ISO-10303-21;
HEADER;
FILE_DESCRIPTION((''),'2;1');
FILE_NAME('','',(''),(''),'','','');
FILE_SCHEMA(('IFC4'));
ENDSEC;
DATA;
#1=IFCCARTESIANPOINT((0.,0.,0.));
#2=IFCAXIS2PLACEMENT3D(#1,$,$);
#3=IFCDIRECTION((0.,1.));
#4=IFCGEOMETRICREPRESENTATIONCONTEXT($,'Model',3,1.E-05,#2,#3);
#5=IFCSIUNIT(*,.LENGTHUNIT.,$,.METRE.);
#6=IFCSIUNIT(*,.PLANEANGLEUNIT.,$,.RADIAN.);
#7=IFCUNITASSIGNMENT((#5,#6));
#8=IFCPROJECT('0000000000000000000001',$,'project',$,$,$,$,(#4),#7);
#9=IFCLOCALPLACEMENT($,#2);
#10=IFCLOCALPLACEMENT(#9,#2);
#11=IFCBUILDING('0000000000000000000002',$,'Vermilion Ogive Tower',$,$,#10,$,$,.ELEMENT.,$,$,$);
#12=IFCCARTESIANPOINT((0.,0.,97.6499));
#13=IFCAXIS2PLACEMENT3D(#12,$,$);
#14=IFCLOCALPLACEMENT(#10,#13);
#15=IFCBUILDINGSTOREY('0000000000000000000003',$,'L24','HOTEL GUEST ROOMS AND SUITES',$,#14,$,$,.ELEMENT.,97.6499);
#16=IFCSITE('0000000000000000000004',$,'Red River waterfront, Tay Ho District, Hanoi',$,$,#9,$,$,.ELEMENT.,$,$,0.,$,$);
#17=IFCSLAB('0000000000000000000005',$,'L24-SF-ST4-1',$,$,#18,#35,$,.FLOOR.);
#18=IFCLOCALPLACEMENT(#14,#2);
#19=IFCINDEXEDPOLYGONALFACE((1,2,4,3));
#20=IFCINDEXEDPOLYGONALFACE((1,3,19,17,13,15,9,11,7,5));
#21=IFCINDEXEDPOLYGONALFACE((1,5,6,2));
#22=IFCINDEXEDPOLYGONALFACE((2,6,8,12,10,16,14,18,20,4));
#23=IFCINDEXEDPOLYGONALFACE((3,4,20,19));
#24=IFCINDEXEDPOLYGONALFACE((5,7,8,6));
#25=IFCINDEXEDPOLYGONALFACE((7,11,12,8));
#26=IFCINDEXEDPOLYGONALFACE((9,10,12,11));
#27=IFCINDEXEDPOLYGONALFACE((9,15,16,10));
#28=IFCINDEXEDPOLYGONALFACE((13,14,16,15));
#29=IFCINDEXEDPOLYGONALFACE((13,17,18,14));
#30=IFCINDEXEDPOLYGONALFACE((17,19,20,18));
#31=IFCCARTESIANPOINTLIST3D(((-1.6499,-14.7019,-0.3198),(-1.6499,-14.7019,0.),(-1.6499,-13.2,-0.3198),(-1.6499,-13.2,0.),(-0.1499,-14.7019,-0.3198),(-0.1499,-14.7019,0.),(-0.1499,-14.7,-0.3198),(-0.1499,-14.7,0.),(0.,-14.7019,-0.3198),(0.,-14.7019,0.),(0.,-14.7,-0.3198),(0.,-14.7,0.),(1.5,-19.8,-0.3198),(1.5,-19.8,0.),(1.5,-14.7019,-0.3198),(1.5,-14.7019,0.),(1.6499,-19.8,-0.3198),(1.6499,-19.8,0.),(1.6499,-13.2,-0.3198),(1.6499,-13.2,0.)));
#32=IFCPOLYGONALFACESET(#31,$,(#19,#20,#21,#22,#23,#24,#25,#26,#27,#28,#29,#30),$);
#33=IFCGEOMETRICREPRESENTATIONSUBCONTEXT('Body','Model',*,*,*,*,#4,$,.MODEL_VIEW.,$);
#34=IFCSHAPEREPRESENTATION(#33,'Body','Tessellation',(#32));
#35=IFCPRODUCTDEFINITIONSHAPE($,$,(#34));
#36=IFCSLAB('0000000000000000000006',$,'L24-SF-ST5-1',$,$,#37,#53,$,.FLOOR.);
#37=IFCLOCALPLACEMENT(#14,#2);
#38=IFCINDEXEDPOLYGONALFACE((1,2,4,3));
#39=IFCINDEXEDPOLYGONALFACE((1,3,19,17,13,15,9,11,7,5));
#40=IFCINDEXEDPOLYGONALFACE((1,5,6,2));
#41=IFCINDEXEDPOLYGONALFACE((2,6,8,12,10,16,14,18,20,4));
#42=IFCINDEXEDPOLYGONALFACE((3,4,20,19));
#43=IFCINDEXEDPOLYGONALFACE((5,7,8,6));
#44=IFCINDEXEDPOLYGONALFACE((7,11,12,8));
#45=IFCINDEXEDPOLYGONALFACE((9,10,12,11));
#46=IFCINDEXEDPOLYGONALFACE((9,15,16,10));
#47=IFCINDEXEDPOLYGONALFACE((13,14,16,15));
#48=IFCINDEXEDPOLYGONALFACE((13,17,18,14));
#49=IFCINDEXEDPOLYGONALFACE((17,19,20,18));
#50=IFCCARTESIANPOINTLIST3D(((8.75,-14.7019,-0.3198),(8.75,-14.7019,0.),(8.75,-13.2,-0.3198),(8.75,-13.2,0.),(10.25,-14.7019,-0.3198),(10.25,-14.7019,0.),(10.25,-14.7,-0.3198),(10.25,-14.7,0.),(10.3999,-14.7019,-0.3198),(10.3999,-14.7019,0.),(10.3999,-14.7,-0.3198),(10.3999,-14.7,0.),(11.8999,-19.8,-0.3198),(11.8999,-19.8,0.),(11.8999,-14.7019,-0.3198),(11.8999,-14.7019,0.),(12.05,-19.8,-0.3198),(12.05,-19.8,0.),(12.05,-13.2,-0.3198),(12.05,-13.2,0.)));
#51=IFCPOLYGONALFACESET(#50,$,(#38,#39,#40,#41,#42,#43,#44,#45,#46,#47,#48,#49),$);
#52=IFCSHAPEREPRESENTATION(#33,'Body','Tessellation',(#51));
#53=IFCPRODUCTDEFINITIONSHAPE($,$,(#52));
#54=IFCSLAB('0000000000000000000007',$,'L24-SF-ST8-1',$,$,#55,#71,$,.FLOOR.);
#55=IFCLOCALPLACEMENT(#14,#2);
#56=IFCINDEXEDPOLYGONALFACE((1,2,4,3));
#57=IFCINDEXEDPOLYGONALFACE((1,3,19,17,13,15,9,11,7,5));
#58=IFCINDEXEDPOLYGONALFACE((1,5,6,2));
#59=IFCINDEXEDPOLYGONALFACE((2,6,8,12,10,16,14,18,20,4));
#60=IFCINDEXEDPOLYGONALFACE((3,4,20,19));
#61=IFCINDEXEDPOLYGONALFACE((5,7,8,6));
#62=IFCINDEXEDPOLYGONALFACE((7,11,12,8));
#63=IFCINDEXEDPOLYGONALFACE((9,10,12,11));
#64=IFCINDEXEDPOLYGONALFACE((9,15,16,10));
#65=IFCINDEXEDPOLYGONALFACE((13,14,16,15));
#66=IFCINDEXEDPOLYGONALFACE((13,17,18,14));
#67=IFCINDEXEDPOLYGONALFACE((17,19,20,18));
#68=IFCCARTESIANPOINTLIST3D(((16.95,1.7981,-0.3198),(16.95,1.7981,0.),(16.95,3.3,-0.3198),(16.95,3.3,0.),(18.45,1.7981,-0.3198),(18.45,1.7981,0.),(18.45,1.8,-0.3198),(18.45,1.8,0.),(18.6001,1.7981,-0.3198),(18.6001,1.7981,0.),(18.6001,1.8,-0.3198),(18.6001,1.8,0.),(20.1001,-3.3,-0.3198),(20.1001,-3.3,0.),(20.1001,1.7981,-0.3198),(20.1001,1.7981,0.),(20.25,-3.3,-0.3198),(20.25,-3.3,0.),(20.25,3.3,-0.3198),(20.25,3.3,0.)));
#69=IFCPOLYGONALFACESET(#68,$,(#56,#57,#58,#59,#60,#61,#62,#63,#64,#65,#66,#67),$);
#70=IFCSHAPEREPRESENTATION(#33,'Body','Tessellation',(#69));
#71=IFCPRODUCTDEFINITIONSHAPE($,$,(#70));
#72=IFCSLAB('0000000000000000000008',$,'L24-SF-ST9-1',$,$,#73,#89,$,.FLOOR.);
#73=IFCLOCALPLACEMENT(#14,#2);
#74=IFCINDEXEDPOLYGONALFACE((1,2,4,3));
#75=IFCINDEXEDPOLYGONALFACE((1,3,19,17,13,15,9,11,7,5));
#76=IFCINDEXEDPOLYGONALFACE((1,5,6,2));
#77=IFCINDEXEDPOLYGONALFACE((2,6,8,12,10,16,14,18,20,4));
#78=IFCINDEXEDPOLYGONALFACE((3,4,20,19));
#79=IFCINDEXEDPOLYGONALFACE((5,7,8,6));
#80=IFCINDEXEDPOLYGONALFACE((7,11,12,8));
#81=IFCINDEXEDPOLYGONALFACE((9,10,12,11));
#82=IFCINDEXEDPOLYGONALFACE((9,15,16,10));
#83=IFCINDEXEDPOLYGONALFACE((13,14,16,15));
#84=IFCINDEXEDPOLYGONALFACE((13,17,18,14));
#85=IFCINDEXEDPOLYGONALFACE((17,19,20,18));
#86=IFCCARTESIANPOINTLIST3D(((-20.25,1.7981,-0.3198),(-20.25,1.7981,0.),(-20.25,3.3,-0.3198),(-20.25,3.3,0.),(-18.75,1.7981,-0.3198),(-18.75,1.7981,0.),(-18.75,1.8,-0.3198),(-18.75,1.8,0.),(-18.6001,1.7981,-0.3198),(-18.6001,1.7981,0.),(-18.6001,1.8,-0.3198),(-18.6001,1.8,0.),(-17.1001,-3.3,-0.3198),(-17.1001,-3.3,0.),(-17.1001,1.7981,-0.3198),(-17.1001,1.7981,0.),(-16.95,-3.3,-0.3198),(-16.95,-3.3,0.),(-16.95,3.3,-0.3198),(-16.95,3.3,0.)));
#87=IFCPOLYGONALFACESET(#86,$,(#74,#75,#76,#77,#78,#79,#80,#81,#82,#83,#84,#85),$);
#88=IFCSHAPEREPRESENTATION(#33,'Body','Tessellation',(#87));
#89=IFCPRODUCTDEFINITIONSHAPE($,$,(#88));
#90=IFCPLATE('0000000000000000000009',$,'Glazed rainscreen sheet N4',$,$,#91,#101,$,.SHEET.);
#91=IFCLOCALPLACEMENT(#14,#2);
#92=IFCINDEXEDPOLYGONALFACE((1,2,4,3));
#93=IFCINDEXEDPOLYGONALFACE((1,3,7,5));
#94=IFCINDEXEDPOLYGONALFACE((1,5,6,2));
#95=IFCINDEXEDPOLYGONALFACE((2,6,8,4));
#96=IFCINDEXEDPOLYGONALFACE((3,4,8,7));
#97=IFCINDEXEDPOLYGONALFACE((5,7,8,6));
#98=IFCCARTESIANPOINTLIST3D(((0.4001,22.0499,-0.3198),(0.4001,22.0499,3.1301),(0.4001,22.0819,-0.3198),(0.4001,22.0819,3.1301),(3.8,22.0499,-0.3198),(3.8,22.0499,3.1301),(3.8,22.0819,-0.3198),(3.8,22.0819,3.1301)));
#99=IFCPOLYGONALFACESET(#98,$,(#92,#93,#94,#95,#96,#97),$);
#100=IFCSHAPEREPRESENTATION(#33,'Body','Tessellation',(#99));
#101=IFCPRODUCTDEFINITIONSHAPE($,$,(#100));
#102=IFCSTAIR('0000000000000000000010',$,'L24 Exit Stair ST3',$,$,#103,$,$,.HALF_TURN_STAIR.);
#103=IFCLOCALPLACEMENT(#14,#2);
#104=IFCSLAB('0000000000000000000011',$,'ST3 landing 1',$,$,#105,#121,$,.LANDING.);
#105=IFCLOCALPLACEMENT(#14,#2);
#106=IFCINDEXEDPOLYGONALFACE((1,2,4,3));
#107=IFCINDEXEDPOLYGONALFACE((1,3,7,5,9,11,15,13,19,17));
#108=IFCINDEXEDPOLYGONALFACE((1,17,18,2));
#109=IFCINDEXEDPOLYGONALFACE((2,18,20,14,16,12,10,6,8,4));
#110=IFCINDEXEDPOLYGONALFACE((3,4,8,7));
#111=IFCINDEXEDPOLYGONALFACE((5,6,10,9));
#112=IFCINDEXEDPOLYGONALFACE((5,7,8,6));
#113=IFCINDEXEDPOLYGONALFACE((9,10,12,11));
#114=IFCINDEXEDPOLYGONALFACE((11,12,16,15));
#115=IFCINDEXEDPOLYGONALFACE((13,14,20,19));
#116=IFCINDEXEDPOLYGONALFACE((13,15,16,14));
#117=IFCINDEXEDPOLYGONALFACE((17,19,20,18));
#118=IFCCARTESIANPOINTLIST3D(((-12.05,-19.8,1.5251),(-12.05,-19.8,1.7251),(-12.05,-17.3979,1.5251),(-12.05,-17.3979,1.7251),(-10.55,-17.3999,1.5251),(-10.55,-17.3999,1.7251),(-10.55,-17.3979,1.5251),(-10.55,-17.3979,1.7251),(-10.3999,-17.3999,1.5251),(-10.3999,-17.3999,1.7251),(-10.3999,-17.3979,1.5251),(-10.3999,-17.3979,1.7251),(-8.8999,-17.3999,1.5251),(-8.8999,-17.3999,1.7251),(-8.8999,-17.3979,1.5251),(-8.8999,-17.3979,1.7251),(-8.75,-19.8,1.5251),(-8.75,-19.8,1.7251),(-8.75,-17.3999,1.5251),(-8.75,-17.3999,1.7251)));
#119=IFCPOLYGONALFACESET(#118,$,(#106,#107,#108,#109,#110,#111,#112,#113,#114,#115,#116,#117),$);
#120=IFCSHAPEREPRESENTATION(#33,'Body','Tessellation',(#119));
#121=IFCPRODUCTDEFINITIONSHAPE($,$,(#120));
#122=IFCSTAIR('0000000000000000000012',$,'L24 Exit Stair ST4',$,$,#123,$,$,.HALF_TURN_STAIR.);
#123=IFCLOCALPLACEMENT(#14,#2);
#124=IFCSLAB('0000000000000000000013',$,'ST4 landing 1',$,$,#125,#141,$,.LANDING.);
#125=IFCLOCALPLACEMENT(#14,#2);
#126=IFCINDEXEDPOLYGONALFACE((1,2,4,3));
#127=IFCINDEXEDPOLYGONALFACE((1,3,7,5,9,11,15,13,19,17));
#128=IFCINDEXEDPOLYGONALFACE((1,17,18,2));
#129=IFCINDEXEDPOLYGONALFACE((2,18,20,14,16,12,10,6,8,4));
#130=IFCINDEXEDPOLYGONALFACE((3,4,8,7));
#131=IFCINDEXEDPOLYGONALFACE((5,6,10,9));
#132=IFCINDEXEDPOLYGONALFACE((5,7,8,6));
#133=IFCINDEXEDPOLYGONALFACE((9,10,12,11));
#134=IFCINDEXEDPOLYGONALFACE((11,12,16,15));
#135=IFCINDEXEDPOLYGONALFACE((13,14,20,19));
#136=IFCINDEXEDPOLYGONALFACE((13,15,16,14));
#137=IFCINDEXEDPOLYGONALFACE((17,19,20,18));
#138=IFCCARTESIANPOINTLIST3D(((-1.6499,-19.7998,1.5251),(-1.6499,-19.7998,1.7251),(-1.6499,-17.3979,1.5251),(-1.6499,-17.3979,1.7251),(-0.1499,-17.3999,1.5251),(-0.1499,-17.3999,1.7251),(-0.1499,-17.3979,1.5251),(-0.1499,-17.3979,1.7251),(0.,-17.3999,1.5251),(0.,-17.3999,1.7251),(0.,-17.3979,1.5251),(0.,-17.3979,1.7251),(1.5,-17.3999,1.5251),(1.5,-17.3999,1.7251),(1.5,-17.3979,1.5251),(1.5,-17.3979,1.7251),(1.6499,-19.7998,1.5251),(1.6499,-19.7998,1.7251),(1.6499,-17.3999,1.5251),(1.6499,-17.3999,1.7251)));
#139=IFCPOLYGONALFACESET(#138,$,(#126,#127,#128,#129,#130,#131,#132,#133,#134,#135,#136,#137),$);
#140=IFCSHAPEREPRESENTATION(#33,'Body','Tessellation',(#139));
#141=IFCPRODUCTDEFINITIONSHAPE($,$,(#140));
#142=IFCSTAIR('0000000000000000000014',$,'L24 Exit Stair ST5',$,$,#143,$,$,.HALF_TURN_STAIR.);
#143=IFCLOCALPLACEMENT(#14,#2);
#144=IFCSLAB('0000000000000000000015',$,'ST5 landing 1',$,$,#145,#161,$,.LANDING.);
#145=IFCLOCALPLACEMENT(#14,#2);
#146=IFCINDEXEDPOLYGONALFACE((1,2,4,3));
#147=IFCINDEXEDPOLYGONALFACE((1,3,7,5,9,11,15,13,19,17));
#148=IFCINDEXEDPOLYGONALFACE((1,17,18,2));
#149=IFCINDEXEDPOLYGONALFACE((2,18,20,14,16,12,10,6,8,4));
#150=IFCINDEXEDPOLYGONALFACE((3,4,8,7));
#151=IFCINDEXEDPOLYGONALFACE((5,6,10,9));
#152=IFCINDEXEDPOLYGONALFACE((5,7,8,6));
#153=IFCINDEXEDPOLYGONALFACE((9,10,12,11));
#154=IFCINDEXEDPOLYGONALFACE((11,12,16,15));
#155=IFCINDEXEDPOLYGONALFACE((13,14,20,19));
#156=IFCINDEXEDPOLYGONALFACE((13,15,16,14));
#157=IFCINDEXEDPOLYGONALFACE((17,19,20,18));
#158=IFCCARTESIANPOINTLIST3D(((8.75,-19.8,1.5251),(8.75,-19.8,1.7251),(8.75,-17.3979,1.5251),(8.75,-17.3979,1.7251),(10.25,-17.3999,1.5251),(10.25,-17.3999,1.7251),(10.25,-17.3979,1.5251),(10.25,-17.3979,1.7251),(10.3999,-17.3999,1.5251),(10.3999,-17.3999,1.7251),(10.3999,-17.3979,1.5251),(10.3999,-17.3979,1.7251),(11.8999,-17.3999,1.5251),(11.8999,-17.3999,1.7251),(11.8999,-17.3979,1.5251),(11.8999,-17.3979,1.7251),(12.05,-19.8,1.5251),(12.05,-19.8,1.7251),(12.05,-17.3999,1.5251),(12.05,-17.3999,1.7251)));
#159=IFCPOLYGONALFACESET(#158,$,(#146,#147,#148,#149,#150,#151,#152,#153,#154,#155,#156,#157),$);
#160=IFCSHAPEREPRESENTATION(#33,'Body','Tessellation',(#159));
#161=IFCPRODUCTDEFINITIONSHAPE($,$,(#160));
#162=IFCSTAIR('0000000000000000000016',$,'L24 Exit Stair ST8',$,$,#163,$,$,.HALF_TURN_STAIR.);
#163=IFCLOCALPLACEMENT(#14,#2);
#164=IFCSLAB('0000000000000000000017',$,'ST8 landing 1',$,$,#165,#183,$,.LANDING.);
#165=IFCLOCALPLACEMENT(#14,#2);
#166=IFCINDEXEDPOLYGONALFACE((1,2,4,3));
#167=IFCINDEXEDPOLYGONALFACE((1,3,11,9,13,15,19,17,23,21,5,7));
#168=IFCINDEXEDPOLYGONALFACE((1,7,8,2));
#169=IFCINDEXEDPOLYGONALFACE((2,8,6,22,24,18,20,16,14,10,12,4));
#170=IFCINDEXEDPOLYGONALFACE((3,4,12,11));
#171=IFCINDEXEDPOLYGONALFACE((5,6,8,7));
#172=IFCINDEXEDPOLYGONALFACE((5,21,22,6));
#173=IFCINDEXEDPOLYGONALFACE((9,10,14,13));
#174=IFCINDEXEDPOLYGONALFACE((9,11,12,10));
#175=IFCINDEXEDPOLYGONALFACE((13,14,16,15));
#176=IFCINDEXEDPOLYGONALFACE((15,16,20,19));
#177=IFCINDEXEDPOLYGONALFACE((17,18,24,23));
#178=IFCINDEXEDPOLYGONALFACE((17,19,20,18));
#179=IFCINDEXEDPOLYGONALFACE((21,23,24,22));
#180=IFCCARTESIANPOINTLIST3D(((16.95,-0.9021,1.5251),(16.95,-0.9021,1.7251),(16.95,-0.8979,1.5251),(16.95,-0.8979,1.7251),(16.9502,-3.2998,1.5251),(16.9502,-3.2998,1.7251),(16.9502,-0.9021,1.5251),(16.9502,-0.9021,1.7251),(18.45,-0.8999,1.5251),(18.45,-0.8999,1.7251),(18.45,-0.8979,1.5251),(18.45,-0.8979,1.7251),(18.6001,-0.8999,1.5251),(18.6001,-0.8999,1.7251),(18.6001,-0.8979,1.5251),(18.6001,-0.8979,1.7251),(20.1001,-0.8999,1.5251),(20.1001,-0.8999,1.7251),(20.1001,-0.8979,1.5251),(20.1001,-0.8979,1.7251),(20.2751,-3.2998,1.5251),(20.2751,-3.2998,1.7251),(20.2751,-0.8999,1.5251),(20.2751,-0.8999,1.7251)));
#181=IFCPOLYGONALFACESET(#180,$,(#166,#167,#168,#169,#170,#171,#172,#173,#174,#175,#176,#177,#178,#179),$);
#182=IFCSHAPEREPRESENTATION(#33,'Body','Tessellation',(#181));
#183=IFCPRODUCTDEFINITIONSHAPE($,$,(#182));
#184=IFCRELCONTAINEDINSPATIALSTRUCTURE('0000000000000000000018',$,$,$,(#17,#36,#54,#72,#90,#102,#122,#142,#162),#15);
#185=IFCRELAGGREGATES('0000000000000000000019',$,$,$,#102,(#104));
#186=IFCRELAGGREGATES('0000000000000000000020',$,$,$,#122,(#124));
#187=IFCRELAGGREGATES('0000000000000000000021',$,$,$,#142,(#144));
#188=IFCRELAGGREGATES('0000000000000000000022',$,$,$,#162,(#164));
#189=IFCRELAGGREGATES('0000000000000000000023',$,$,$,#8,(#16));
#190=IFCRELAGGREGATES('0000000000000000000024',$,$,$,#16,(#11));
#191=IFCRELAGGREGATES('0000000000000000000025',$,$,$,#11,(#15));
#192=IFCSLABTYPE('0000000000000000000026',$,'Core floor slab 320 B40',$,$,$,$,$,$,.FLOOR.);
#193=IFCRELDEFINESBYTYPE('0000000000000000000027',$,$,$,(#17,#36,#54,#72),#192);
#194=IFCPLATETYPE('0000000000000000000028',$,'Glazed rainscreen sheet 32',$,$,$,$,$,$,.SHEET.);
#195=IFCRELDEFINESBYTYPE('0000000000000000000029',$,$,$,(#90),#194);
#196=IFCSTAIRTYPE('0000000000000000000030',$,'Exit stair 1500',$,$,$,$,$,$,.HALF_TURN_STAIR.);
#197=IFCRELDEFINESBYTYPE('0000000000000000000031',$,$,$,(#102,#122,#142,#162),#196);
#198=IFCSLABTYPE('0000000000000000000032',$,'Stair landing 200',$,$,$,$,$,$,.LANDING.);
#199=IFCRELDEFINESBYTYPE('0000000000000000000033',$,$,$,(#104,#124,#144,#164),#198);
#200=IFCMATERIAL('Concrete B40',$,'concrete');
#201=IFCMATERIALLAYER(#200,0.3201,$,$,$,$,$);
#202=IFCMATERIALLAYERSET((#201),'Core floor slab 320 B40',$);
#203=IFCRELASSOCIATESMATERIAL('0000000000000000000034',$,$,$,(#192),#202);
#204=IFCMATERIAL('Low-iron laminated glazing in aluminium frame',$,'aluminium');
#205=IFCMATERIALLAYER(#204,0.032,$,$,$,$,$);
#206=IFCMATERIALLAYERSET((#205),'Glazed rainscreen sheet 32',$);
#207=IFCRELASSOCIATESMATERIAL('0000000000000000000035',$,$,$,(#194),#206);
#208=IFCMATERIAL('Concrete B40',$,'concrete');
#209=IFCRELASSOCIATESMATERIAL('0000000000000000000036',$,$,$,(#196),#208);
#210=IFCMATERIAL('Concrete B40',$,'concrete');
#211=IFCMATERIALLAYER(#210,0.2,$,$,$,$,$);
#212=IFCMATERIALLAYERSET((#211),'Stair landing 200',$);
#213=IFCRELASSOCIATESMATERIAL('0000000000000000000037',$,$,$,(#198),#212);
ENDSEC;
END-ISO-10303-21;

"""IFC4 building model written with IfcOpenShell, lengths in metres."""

from ifc_helpers import new_model, si_unit, direction, frame, origin, origin_2d, place, context, subcontext, project, spatial, polyline, rectangle, outline, extrude, material, layer, layer_set, type_object, element, aggregate, save


model = new_model("IFC4")

# Units and contexts
model_context = context("Model", 3, precision=1e-05, world=origin(), true_north=direction((0.0, 1.0)))
body_context = subcontext(model_context, "Body", "Model", "MODEL_VIEW")
ifc_project = project(units=[si_unit("LENGTHUNIT", "METRE"), si_unit("PLANEANGLEUNIT", "RADIAN")], contexts=[model_context])

# Site, building, storey
site_placement = place(None, origin())
site = spatial("IfcSite", under=ifc_project, at=site_placement, Name="Red River waterfront, Tay Ho District, Hanoi", CompositionType="ELEMENT", RefElevation=0.0)
building_placement = place(site_placement, origin())
building = spatial("IfcBuilding", under=site, at=building_placement, Name="Vermilion Ogive Tower", CompositionType="ELEMENT")
storey_placement = place(building_placement, frame((0.0, 0.0, 97.6499)))
storey = spatial("IfcBuildingStorey", under=building, at=storey_placement, Name="L24", Description="HOTEL GUEST ROOMS AND SUITES", CompositionType="ELEMENT", Elevation=97.6499)

# Slabs
ifc_material_1 = material(Name="Concrete B40", Category="concrete")
ifc_layer_1 = layer(ifc_material_1, 0.3201)
ifc_layer_set_1 = layer_set([ifc_layer_1], Name="Core floor slab 320 B40")
slab_type_1 = type_object("IfcSlabType", Name="Core floor slab 320 B40", PredefinedType="FLOOR", material=ifc_layer_set_1)
slab_1_placement = place(storey_placement, frame((0.0, 0.0, -0.3198)))
element("IfcSlab", 1, at=slab_1_placement, inside=storey, type_object=slab_type_1, Name="L24-SF-ST4-1", PredefinedType="FLOOR", context=body_context, shape_type="SweptSolid", body=[
    extrude(outline(polyline([(-1.6499, -13.2), (-1.6499, -14.7019), (-0.1499, -14.7019), (-0.1499, -14.7), (0.0, -14.7), (0.0, -14.7019), (1.5, -14.7019), (1.5, -19.8), (1.6499, -19.8), (1.6499, -13.2), (-1.6499, -13.2)])), origin(), (0.0, 0.0, 1.0), 0.3198),
])
slab_2_placement = place(storey_placement, frame((0.0, 0.0, -0.3198)))
element("IfcSlab", 2, at=slab_2_placement, inside=storey, type_object=slab_type_1, Name="L24-SF-ST5-1", PredefinedType="FLOOR", context=body_context, shape_type="SweptSolid", body=[
    extrude(outline(polyline([(8.75, -13.2), (8.75, -14.7019), (10.25, -14.7019), (10.25, -14.7), (10.3999, -14.7), (10.3999, -14.7019), (11.8999, -14.7019), (11.8999, -19.8), (12.05, -19.8), (12.05, -13.2), (8.75, -13.2)])), origin(), (0.0, 0.0, 1.0), 0.3198),
])
slab_3_placement = place(storey_placement, frame((0.0, 0.0, -0.3198)))
element("IfcSlab", 3, at=slab_3_placement, inside=storey, type_object=slab_type_1, Name="L24-SF-ST8-1", PredefinedType="FLOOR", context=body_context, shape_type="SweptSolid", body=[
    extrude(outline(polyline([(16.95, 3.3), (16.95, 1.7981), (18.45, 1.7981), (18.45, 1.8), (18.6001, 1.8), (18.6001, 1.7981), (20.1001, 1.7981), (20.1001, -3.3), (20.25, -3.3), (20.25, 3.3), (16.95, 3.3)])), origin(), (0.0, 0.0, 1.0), 0.3198),
])
slab_4_placement = place(storey_placement, frame((0.0, 0.0, -0.3198)))
element("IfcSlab", 4, at=slab_4_placement, inside=storey, type_object=slab_type_1, Name="L24-SF-ST9-1", PredefinedType="FLOOR", context=body_context, shape_type="SweptSolid", body=[
    extrude(outline(polyline([(-20.25, 3.3), (-20.25, 1.7981), (-18.75, 1.7981), (-18.75, 1.8), (-18.6001, 1.8), (-18.6001, 1.7981), (-17.1001, 1.7981), (-17.1001, -3.3), (-16.95, -3.3), (-16.95, 3.3), (-20.25, 3.3)])), origin(), (0.0, 0.0, 1.0), 0.3198),
])

# Plate
ifc_material_2 = material(Name="Low-iron laminated glazing in aluminium frame", Category="aluminium")
ifc_layer_2 = layer(ifc_material_2, 0.032)
ifc_layer_set_2 = layer_set([ifc_layer_2], Name="Glazed rainscreen sheet 32")
plate_type = type_object("IfcPlateType", Name="Glazed rainscreen sheet 32", PredefinedType="SHEET", material=ifc_layer_set_2)
plate_placement = place(storey_placement, frame((2.1001, 22.0659, -0.3198), z_axis=(0.0, 0.0, 1.0), x_axis=(1.0, 0.0, 0.0)))
element("IfcPlate", 5, at=plate_placement, inside=storey, type_object=plate_type, Name="Glazed rainscreen sheet N4", PredefinedType="SHEET", context=body_context, shape_type="SweptSolid", body=[
    extrude(rectangle(XDim=3.3999, YDim=0.032, at=origin_2d()), origin(), (0.0, 0.0, 1.0), 3.45),
])

# Stairs, slabs
ifc_material_3 = material(Name="Concrete B40", Category="concrete")
stair_type = type_object("IfcStairType", Name="Exit stair 1500", PredefinedType="HALF_TURN_STAIR", material=ifc_material_3)
stair_1_placement = place(storey_placement, origin())
stair_1 = element("IfcStair", 6, at=stair_1_placement, inside=storey, type_object=stair_type, Name="L24 Exit Stair ST3", PredefinedType="HALF_TURN_STAIR")
ifc_material_4 = material(Name="Concrete B40", Category="concrete")
ifc_layer_3 = layer(ifc_material_4, 0.2)
ifc_layer_set_3 = layer_set([ifc_layer_3], Name="Stair landing 200")
slab_type_2 = type_object("IfcSlabType", Name="Stair landing 200", PredefinedType="LANDING", material=ifc_layer_set_3)
slab_5_placement = place(storey_placement, frame((0.0, 0.0, 1.5251)))
slab_5 = element("IfcSlab", 7, at=slab_5_placement, type_object=slab_type_2, Name="ST3 landing 1", PredefinedType="LANDING", context=body_context, shape_type="SweptSolid", body=[
    extrude(outline(polyline([(-8.75, -17.3999), (-8.8999, -17.3999), (-8.8999, -17.3979), (-10.3999, -17.3979), (-10.3999, -17.3999), (-10.55, -17.3999), (-10.55, -17.3979), (-12.05, -17.3979), (-12.05, -19.8), (-8.75, -19.8), (-8.75, -17.3999)])), origin(), (0.0, 0.0, 1.0), 0.2),
])
aggregate(stair_1, [slab_5])
stair_2_placement = place(storey_placement, origin())
stair_2 = element("IfcStair", 8, at=stair_2_placement, inside=storey, type_object=stair_type, Name="L24 Exit Stair ST4", PredefinedType="HALF_TURN_STAIR")
slab_6_placement = place(storey_placement, frame((0.0, 0.0, 1.5251)))
slab_6 = element("IfcSlab", 9, at=slab_6_placement, type_object=slab_type_2, Name="ST4 landing 1", PredefinedType="LANDING", context=body_context, shape_type="SweptSolid", body=[
    extrude(outline(polyline([(1.6499, -17.3999), (1.5, -17.3999), (1.5, -17.3979), (0.0, -17.3979), (0.0, -17.3999), (-0.1499, -17.3999), (-0.1499, -17.3979), (-1.6499, -17.3979), (-1.6499, -19.7998), (1.6499, -19.7998), (1.6499, -17.3999)])), origin(), (0.0, 0.0, 1.0), 0.2),
])
aggregate(stair_2, [slab_6])
stair_3_placement = place(storey_placement, origin())
stair_3 = element("IfcStair", 10, at=stair_3_placement, inside=storey, type_object=stair_type, Name="L24 Exit Stair ST5", PredefinedType="HALF_TURN_STAIR")
slab_7_placement = place(storey_placement, frame((0.0, 0.0, 1.5251)))
slab_7 = element("IfcSlab", 11, at=slab_7_placement, type_object=slab_type_2, Name="ST5 landing 1", PredefinedType="LANDING", context=body_context, shape_type="SweptSolid", body=[
    extrude(outline(polyline([(12.05, -17.3999), (11.8999, -17.3999), (11.8999, -17.3979), (10.3999, -17.3979), (10.3999, -17.3999), (10.25, -17.3999), (10.25, -17.3979), (8.75, -17.3979), (8.75, -19.8), (12.05, -19.8), (12.05, -17.3999)])), origin(), (0.0, 0.0, 1.0), 0.2),
])
aggregate(stair_3, [slab_7])
stair_4_placement = place(storey_placement, origin())
stair_4 = element("IfcStair", 12, at=stair_4_placement, inside=storey, type_object=stair_type, Name="L24 Exit Stair ST8", PredefinedType="HALF_TURN_STAIR")
slab_8_placement = place(storey_placement, frame((0.0, 0.0, 1.5251)))
slab_8 = element("IfcSlab", 13, at=slab_8_placement, type_object=slab_type_2, Name="ST8 landing 1", PredefinedType="LANDING", context=body_context, shape_type="SweptSolid", body=[
    extrude(outline(polyline([(20.2751, -0.8999), (20.1001, -0.8999), (20.1001, -0.8979), (18.6001, -0.8979), (18.6001, -0.8999), (18.45, -0.8999), (18.45, -0.8979), (16.95, -0.8979), (16.95, -0.9021), (16.9502, -0.9021), (16.9502, -3.2998), (20.2751, -3.2998), (20.2751, -0.8999)])), origin(), (0.0, 0.0, 1.0), 0.2),
])
aggregate(stair_4, [slab_8])

save(model, "model.ifc")
